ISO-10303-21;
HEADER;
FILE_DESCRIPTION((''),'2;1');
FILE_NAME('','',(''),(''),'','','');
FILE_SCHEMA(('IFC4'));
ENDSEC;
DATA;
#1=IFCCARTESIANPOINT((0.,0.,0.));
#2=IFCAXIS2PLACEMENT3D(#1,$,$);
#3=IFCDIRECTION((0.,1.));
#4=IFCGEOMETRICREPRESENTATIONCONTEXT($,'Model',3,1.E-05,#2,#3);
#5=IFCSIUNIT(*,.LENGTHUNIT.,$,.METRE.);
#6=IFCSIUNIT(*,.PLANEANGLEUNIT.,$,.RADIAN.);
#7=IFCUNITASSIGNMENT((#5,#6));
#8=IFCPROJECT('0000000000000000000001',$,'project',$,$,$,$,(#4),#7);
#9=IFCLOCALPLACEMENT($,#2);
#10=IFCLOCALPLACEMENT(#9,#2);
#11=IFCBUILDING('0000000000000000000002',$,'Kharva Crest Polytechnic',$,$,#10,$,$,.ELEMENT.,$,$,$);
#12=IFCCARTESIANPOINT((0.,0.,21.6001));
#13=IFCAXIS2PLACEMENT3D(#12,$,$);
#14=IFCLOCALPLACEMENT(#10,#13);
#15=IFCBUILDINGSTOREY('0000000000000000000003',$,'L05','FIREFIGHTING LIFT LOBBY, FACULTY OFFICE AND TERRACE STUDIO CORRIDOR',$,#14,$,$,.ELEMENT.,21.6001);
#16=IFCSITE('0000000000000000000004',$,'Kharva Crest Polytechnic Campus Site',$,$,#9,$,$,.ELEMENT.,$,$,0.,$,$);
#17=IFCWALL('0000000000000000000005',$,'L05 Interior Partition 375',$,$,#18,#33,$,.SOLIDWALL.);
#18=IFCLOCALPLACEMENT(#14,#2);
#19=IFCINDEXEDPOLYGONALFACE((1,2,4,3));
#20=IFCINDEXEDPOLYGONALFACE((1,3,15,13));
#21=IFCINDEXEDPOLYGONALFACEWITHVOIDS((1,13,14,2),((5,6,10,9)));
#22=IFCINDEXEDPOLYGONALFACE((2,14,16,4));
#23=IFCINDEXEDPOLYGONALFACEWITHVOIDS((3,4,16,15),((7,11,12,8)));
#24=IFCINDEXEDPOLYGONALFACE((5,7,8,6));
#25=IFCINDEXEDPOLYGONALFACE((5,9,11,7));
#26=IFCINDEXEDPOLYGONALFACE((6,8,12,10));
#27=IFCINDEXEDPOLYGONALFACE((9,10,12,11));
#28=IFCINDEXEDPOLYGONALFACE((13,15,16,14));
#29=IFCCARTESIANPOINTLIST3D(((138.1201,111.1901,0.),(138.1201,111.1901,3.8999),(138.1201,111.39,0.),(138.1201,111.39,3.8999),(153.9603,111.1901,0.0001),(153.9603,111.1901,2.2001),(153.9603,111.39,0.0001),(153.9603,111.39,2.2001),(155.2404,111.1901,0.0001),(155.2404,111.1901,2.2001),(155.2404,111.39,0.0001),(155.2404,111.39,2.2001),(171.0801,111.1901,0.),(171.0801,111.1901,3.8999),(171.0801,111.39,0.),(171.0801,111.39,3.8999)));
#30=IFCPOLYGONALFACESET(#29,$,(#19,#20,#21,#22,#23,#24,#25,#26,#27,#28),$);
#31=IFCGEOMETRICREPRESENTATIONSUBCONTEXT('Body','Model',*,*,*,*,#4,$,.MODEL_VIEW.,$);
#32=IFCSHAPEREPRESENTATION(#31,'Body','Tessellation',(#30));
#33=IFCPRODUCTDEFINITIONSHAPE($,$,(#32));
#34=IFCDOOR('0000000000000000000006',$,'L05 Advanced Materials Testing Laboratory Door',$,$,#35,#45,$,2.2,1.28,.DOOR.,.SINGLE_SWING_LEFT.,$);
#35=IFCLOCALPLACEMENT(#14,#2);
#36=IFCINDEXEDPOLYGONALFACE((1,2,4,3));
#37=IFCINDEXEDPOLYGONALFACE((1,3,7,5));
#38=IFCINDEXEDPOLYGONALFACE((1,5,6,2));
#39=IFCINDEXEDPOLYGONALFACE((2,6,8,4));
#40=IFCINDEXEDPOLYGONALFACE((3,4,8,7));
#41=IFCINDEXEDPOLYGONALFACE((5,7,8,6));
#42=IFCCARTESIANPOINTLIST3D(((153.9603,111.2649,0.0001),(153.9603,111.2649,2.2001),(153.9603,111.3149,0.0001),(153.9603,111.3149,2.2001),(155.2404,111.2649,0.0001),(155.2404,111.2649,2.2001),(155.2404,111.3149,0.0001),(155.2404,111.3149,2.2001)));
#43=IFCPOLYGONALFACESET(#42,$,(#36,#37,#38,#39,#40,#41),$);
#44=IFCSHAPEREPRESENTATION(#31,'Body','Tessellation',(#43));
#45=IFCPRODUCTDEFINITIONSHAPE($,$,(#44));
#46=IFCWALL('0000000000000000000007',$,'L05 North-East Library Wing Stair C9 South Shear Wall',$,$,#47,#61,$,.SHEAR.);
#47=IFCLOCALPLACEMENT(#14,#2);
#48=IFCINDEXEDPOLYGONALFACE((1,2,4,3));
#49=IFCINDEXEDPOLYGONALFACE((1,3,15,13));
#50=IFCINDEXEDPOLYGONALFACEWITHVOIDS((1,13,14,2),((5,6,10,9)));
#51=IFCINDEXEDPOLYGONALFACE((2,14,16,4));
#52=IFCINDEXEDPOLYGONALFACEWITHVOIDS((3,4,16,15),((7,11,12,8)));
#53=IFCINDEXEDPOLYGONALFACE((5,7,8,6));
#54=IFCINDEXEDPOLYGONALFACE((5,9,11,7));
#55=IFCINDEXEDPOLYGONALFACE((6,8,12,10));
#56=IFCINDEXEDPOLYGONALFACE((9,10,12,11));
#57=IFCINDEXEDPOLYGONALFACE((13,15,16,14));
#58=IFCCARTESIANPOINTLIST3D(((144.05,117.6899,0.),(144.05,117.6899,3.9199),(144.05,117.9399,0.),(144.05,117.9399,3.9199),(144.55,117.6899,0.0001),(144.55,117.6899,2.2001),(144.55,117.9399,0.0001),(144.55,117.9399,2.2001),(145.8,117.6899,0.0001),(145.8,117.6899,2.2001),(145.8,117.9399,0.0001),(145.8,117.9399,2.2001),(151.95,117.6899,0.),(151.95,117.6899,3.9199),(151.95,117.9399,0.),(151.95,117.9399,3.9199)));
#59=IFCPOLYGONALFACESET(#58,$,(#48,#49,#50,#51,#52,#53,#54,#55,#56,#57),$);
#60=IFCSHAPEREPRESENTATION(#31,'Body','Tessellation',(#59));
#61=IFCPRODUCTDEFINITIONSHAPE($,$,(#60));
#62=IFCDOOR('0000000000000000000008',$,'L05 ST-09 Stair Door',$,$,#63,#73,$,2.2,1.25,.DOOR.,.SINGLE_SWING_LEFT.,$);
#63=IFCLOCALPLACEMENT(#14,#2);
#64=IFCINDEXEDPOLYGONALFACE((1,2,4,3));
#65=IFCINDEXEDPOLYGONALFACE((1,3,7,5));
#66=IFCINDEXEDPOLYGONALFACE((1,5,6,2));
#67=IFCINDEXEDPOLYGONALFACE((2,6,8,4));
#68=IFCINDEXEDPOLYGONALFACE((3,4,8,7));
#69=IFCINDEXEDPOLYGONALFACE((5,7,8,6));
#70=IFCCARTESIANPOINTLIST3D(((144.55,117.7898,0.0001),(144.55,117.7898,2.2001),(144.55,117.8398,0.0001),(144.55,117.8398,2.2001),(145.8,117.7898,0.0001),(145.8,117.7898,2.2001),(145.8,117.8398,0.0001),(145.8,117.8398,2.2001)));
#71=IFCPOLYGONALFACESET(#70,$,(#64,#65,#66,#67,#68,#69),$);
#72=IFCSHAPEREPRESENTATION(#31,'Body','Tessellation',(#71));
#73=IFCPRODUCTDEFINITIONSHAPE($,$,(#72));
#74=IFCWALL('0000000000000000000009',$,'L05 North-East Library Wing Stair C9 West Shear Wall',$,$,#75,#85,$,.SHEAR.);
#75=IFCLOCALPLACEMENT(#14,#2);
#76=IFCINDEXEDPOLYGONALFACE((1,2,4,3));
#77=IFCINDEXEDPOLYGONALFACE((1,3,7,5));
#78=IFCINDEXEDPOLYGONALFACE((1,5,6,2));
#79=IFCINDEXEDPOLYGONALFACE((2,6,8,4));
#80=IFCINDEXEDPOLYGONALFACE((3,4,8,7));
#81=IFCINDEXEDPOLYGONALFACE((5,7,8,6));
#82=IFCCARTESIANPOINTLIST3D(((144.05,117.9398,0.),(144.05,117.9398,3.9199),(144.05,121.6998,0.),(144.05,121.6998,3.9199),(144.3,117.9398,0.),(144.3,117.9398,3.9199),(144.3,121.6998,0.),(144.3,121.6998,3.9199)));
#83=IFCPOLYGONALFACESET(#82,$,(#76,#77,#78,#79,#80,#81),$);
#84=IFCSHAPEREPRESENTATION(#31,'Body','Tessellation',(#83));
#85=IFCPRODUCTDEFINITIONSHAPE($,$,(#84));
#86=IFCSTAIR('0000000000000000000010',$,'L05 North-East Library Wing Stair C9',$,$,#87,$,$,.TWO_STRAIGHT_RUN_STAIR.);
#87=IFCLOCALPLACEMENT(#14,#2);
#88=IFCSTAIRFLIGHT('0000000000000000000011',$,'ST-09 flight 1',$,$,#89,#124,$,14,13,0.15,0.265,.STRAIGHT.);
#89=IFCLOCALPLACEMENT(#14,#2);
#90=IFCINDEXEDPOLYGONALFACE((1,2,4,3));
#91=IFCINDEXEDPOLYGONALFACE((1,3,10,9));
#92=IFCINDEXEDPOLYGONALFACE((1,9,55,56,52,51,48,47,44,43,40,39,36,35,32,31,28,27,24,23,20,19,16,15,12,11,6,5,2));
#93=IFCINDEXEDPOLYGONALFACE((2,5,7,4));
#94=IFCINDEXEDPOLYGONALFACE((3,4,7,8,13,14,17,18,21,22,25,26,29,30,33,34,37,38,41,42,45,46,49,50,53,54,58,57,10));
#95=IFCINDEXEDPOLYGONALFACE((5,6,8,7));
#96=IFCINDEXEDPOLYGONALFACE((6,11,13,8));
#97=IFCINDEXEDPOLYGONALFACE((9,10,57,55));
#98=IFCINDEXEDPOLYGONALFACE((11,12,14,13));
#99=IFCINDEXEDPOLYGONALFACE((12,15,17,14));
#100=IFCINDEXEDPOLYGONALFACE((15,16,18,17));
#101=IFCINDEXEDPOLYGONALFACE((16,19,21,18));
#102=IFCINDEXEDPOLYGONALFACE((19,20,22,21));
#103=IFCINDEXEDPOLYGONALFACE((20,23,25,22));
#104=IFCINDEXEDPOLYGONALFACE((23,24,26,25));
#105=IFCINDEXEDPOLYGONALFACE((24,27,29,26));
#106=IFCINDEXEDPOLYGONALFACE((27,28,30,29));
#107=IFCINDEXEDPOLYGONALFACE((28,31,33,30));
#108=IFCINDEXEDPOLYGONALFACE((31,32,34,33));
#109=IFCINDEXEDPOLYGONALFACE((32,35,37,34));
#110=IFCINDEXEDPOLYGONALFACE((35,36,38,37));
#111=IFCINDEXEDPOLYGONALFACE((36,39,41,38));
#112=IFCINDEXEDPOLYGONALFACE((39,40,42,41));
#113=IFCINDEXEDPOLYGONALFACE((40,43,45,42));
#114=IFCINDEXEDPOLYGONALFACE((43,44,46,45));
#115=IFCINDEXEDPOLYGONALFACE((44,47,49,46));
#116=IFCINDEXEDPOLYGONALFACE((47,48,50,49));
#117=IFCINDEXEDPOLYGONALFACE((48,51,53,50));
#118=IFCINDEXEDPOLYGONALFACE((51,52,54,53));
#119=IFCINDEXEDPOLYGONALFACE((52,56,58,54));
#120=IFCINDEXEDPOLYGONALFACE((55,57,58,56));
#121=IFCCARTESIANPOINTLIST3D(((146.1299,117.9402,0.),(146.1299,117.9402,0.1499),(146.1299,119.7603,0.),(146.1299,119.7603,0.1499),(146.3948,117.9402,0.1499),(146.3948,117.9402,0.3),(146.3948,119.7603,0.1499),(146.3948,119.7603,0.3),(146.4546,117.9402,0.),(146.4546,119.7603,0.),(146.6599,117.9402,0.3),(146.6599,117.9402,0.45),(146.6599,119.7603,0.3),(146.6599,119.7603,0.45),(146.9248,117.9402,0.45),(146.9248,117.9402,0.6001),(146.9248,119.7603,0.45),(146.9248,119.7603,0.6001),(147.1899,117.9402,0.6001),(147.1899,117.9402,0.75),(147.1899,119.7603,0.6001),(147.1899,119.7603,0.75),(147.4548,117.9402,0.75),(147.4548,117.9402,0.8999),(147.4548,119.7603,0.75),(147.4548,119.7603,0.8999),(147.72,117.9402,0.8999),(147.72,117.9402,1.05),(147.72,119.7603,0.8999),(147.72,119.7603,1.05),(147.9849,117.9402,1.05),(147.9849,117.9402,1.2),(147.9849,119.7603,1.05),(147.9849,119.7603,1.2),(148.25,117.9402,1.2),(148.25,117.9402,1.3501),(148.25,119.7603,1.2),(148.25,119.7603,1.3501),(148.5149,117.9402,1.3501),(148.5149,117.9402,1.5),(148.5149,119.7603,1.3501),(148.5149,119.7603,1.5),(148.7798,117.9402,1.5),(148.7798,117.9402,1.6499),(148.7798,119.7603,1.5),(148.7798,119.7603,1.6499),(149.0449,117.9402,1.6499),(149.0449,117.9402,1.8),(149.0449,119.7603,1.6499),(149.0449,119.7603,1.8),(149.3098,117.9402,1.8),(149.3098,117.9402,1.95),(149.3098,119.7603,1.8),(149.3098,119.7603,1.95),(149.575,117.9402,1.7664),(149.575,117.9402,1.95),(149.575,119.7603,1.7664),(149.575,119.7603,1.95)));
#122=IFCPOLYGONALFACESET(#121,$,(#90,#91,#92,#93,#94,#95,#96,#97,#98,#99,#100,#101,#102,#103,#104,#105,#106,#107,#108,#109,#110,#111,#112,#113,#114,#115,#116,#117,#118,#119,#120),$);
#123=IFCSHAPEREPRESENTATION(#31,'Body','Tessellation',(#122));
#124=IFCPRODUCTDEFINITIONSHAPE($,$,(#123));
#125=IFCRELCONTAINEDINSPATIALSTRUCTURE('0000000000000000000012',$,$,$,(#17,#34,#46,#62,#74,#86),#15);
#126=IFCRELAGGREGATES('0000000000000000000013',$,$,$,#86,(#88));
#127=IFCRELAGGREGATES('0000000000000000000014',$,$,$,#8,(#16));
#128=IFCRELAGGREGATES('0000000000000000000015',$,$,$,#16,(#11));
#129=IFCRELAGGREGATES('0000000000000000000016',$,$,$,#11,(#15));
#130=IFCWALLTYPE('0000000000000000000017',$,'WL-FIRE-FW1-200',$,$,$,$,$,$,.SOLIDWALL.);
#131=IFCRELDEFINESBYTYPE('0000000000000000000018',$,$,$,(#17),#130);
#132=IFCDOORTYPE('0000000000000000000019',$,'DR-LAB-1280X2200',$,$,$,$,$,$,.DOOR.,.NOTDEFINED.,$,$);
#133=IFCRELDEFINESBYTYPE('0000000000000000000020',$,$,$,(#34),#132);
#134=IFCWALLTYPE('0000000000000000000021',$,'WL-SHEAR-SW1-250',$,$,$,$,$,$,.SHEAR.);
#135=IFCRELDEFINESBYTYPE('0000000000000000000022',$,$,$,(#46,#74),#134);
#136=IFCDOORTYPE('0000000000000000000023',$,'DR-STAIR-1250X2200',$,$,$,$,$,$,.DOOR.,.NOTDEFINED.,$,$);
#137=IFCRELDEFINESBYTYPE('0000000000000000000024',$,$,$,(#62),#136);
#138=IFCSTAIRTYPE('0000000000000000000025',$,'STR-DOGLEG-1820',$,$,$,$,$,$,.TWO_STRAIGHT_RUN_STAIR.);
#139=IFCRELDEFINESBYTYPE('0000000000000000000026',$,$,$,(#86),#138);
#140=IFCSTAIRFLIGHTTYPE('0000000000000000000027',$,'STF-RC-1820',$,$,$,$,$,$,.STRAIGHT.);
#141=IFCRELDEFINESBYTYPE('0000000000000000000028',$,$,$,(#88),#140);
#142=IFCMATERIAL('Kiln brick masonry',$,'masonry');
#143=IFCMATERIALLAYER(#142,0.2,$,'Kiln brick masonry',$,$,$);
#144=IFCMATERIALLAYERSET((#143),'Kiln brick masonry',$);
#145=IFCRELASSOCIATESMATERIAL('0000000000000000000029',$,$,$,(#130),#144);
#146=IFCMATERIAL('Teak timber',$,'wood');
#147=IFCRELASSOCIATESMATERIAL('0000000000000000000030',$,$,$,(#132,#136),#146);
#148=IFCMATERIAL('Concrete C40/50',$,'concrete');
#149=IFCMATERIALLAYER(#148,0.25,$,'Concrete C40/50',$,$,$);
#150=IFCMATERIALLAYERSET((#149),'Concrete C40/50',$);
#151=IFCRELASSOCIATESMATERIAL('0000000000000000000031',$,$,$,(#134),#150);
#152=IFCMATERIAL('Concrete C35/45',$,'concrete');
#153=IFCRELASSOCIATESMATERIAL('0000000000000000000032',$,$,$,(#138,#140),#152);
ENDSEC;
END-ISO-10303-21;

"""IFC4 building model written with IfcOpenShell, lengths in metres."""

from ifc_helpers import new_model, si_unit, direction, frame, frame_2d, origin, place, context, subcontext, project, spatial, polyline, rectangle, outline, extrude, material, layer, layer_set, type_object, element, fill, aggregate, save


model = new_model("IFC4")

# Units and contexts
model_context = context("Model", 3, precision=1e-05, world=origin(), true_north=direction((0.0, 1.0)))
body_context = subcontext(model_context, "Body", "Model", "MODEL_VIEW")
ifc_project = project(units=[si_unit("LENGTHUNIT", "METRE"), si_unit("PLANEANGLEUNIT", "RADIAN")], contexts=[model_context])

# Site, building, storey
site_placement = place(None, origin())
site = spatial("IfcSite", under=ifc_project, at=site_placement, Name="Kharva Crest Polytechnic Campus Site", CompositionType="ELEMENT", RefElevation=0.0)
building_placement = place(site_placement, origin())
building = spatial("IfcBuilding", under=site, at=building_placement, Name="Kharva Crest Polytechnic", CompositionType="ELEMENT")
storey_placement = place(building_placement, frame((0.0, 0.0, 21.6001)))
storey = spatial("IfcBuildingStorey", under=building, at=storey_placement, Name="L05", Description="FIREFIGHTING LIFT LOBBY, FACULTY OFFICE AND TERRACE STUDIO CORRIDOR", CompositionType="ELEMENT", Elevation=21.6001)

# Shared definitions
ifc_material_1 = material(Name="Concrete C40/50", Category="concrete")

# Shared definitions
ifc_material_2 = material(Name="Concrete C35/45", Category="concrete")

# Shared definitions
ifc_material_3 = material(Name="Kiln brick masonry", Category="masonry")

# Walls, openings, doors
ifc_layer_1 = layer(ifc_material_3, 0.2, Name="Kiln brick masonry")
ifc_layer_set_1 = layer_set([ifc_layer_1], Name="Kiln brick masonry")
wall_type_1 = type_object("IfcWallType", Name="WL-FIRE-FW1-200", PredefinedType="SOLIDWALL", material=ifc_layer_set_1)
wall_1_placement = place(storey_placement, frame((138.1201, 111.29, 0.0), z_axis=(0.0, 0.0, 1.0), x_axis=(1.0, 0.0, 0.0)))
wall_1 = element("IfcWall", 1, at=wall_1_placement, inside=storey, type_object=wall_type_1, Name="L05 Interior Partition 375", PredefinedType="SOLIDWALL", context=body_context, shape_type="SweptSolid", body=[
    extrude(rectangle(XDim=32.96, YDim=0.2, at=frame_2d((16.48, 0.0))), origin(), (0.0, 0.0, 1.0), 3.8999),
])
opening_1_placement = place(wall_1_placement, frame((15.8401, 0.0, 0.0)))
opening_1 = element("IfcOpeningElement", 2, at=opening_1_placement, cuts=wall_1, PredefinedType="OPENING", context=body_context, shape_type="SweptSolid", body=[
    extrude(rectangle(XDim=1.28, YDim=2.2, at=frame_2d((0.6401, 1.1001))), frame((0.0, 0.1099, 0.0), z_axis=(0.0, -1.0, 0.0), x_axis=(1.0, 0.0, 0.0)), (0.0, 0.0, 1.0), 0.22),
])
ifc_material_4 = material(Name="Teak timber", Category="wood")
door_type_1 = type_object("IfcDoorType", Name="DR-LAB-1280X2200", OperationType="NOTDEFINED", PredefinedType="DOOR", material=ifc_material_4)
door_1_placement = place(opening_1_placement, origin())
door_1 = element("IfcDoor", 3, at=door_1_placement, inside=storey, type_object=door_type_1, Name="L05 Advanced Materials Testing Laboratory Door", OperationType="SINGLE_SWING_LEFT", OverallHeight=2.2, OverallWidth=1.28, PredefinedType="DOOR", context=body_context, shape_type="SweptSolid", body=[
    extrude(rectangle(XDim=1.28, YDim=2.2, at=frame_2d((0.6401, 1.1001))), frame((0.0, 0.0249, 0.0), z_axis=(0.0, -1.0, 0.0), x_axis=(1.0, 0.0, 0.0)), (0.0, 0.0, 1.0), 0.05),
])
fill(opening_1, door_1)
ifc_layer_2 = layer(ifc_material_1, 0.25, Name="Concrete C40/50")
ifc_layer_set_2 = layer_set([ifc_layer_2], Name="Concrete C40/50")
wall_type_2 = type_object("IfcWallType", Name="WL-SHEAR-SW1-250", PredefinedType="SHEAR", material=ifc_layer_set_2)
wall_2_placement = place(storey_placement, frame((144.05, 117.8149, 0.0), z_axis=(0.0, 0.0, 1.0), x_axis=(1.0, 0.0, 0.0)))
wall_2 = element("IfcWall", 4, at=wall_2_placement, inside=storey, type_object=wall_type_2, Name="L05 North-East Library Wing Stair C9 South Shear Wall", PredefinedType="SHEAR", context=body_context, shape_type="SweptSolid", body=[
    extrude(rectangle(XDim=7.8999, YDim=0.25, at=frame_2d((3.95, 0.0))), origin(), (0.0, 0.0, 1.0), 3.9199),
])
opening_2_placement = place(wall_2_placement, frame((0.5, 0.0, 0.0)))
opening_2 = element("IfcOpeningElement", 5, at=opening_2_placement, cuts=wall_2, PredefinedType="OPENING", context=body_context, shape_type="SweptSolid", body=[
    extrude(rectangle(XDim=1.25, YDim=2.2, at=frame_2d((0.625, 1.1001))), frame((0.0, 0.135, 0.0), z_axis=(0.0, -1.0, 0.0), x_axis=(1.0, 0.0, 0.0)), (0.0, 0.0, 1.0), 0.27),
])
door_type_2 = type_object("IfcDoorType", Name="DR-STAIR-1250X2200", OperationType="NOTDEFINED", PredefinedType="DOOR", material=ifc_material_4)
door_2_placement = place(opening_2_placement, origin())
door_2 = element("IfcDoor", 6, at=door_2_placement, inside=storey, type_object=door_type_2, Name="L05 ST-09 Stair Door", OperationType="SINGLE_SWING_LEFT", OverallHeight=2.2, OverallWidth=1.25, PredefinedType="DOOR", context=body_context, shape_type="SweptSolid", body=[
    extrude(rectangle(XDim=1.25, YDim=2.2, at=frame_2d((0.625, 1.1001))), frame((0.0, 0.0249, 0.0), z_axis=(0.0, -1.0, 0.0), x_axis=(1.0, 0.0, 0.0)), (0.0, 0.0, 1.0), 0.05),
])
fill(opening_2, door_2)

# Wall
wall_3_placement = place(storey_placement, frame((144.175, 117.9399, 0.0), z_axis=(0.0, 0.0, 1.0), x_axis=(0.0, 1.0, 0.0)))
element("IfcWall", 7, at=wall_3_placement, inside=storey, type_object=wall_type_2, Name="L05 North-East Library Wing Stair C9 West Shear Wall", PredefinedType="SHEAR", context=body_context, shape_type="SweptSolid", body=[
    extrude(rectangle(XDim=3.76, YDim=0.25, at=frame_2d((1.8799, 0.0))), origin(), (0.0, 0.0, 1.0), 3.9199),
])

# Stair, stair flight
stair_type = type_object("IfcStairType", Name="STR-DOGLEG-1820", PredefinedType="TWO_STRAIGHT_RUN_STAIR", material=ifc_material_2)
stair_placement = place(storey_placement, origin())
stair = element("IfcStair", 8, at=stair_placement, inside=storey, type_object=stair_type, Name="L05 North-East Library Wing Stair C9", PredefinedType="TWO_STRAIGHT_RUN_STAIR")
stair_flight_type = type_object("IfcStairFlightType", Name="STF-RC-1820", PredefinedType="STRAIGHT", material=ifc_material_2)
stair_flight_placement = place(storey_placement, frame((146.1299, 118.8501, 0.0), z_axis=(0.0, 0.0, 1.0), x_axis=(1.0, 0.0, 0.0)))
stair_flight = element("IfcStairFlight", 9, at=stair_flight_placement, type_object=stair_flight_type, Name="ST-09 flight 1", NumberOfRisers=14, NumberOfTreads=13, PredefinedType="STRAIGHT", RiserHeight=0.15, TreadLength=0.265, context=body_context, shape_type="SweptSolid", body=[
    extrude(outline(polyline([(0.0, 0.0), (0.0, 0.1499), (0.2649, 0.1499), (0.2649, 0.3), (0.53, 0.3), (0.53, 0.45), (0.7949, 0.45), (0.7949, 0.6001), (1.0601, 0.6001), (1.0601, 0.75), (1.325, 0.75), (1.325, 0.8999), (1.5901, 0.8999), (1.5901, 1.05), (1.855, 1.05), (1.855, 1.2), (2.1201, 1.2), (2.1201, 1.3501), (2.385, 1.3501), (2.385, 1.5), (2.6499, 1.5), (2.6499, 1.6499), (2.915, 1.6499), (2.915, 1.8), (3.1799, 1.8), (3.1799, 1.95), (3.4451, 1.95), (3.4451, 2.1001), (3.4451, 1.7664), (0.3247, 0.0), (0.0, 0.0)])), frame((0.0, 0.9102, 0.0), z_axis=(0.0, -1.0, 0.0), x_axis=(1.0, 0.0, 0.0)), (0.0, 0.0, 1.0), 1.8201),
])
aggregate(stair, [stair_flight])

save(model, "model.ifc")
